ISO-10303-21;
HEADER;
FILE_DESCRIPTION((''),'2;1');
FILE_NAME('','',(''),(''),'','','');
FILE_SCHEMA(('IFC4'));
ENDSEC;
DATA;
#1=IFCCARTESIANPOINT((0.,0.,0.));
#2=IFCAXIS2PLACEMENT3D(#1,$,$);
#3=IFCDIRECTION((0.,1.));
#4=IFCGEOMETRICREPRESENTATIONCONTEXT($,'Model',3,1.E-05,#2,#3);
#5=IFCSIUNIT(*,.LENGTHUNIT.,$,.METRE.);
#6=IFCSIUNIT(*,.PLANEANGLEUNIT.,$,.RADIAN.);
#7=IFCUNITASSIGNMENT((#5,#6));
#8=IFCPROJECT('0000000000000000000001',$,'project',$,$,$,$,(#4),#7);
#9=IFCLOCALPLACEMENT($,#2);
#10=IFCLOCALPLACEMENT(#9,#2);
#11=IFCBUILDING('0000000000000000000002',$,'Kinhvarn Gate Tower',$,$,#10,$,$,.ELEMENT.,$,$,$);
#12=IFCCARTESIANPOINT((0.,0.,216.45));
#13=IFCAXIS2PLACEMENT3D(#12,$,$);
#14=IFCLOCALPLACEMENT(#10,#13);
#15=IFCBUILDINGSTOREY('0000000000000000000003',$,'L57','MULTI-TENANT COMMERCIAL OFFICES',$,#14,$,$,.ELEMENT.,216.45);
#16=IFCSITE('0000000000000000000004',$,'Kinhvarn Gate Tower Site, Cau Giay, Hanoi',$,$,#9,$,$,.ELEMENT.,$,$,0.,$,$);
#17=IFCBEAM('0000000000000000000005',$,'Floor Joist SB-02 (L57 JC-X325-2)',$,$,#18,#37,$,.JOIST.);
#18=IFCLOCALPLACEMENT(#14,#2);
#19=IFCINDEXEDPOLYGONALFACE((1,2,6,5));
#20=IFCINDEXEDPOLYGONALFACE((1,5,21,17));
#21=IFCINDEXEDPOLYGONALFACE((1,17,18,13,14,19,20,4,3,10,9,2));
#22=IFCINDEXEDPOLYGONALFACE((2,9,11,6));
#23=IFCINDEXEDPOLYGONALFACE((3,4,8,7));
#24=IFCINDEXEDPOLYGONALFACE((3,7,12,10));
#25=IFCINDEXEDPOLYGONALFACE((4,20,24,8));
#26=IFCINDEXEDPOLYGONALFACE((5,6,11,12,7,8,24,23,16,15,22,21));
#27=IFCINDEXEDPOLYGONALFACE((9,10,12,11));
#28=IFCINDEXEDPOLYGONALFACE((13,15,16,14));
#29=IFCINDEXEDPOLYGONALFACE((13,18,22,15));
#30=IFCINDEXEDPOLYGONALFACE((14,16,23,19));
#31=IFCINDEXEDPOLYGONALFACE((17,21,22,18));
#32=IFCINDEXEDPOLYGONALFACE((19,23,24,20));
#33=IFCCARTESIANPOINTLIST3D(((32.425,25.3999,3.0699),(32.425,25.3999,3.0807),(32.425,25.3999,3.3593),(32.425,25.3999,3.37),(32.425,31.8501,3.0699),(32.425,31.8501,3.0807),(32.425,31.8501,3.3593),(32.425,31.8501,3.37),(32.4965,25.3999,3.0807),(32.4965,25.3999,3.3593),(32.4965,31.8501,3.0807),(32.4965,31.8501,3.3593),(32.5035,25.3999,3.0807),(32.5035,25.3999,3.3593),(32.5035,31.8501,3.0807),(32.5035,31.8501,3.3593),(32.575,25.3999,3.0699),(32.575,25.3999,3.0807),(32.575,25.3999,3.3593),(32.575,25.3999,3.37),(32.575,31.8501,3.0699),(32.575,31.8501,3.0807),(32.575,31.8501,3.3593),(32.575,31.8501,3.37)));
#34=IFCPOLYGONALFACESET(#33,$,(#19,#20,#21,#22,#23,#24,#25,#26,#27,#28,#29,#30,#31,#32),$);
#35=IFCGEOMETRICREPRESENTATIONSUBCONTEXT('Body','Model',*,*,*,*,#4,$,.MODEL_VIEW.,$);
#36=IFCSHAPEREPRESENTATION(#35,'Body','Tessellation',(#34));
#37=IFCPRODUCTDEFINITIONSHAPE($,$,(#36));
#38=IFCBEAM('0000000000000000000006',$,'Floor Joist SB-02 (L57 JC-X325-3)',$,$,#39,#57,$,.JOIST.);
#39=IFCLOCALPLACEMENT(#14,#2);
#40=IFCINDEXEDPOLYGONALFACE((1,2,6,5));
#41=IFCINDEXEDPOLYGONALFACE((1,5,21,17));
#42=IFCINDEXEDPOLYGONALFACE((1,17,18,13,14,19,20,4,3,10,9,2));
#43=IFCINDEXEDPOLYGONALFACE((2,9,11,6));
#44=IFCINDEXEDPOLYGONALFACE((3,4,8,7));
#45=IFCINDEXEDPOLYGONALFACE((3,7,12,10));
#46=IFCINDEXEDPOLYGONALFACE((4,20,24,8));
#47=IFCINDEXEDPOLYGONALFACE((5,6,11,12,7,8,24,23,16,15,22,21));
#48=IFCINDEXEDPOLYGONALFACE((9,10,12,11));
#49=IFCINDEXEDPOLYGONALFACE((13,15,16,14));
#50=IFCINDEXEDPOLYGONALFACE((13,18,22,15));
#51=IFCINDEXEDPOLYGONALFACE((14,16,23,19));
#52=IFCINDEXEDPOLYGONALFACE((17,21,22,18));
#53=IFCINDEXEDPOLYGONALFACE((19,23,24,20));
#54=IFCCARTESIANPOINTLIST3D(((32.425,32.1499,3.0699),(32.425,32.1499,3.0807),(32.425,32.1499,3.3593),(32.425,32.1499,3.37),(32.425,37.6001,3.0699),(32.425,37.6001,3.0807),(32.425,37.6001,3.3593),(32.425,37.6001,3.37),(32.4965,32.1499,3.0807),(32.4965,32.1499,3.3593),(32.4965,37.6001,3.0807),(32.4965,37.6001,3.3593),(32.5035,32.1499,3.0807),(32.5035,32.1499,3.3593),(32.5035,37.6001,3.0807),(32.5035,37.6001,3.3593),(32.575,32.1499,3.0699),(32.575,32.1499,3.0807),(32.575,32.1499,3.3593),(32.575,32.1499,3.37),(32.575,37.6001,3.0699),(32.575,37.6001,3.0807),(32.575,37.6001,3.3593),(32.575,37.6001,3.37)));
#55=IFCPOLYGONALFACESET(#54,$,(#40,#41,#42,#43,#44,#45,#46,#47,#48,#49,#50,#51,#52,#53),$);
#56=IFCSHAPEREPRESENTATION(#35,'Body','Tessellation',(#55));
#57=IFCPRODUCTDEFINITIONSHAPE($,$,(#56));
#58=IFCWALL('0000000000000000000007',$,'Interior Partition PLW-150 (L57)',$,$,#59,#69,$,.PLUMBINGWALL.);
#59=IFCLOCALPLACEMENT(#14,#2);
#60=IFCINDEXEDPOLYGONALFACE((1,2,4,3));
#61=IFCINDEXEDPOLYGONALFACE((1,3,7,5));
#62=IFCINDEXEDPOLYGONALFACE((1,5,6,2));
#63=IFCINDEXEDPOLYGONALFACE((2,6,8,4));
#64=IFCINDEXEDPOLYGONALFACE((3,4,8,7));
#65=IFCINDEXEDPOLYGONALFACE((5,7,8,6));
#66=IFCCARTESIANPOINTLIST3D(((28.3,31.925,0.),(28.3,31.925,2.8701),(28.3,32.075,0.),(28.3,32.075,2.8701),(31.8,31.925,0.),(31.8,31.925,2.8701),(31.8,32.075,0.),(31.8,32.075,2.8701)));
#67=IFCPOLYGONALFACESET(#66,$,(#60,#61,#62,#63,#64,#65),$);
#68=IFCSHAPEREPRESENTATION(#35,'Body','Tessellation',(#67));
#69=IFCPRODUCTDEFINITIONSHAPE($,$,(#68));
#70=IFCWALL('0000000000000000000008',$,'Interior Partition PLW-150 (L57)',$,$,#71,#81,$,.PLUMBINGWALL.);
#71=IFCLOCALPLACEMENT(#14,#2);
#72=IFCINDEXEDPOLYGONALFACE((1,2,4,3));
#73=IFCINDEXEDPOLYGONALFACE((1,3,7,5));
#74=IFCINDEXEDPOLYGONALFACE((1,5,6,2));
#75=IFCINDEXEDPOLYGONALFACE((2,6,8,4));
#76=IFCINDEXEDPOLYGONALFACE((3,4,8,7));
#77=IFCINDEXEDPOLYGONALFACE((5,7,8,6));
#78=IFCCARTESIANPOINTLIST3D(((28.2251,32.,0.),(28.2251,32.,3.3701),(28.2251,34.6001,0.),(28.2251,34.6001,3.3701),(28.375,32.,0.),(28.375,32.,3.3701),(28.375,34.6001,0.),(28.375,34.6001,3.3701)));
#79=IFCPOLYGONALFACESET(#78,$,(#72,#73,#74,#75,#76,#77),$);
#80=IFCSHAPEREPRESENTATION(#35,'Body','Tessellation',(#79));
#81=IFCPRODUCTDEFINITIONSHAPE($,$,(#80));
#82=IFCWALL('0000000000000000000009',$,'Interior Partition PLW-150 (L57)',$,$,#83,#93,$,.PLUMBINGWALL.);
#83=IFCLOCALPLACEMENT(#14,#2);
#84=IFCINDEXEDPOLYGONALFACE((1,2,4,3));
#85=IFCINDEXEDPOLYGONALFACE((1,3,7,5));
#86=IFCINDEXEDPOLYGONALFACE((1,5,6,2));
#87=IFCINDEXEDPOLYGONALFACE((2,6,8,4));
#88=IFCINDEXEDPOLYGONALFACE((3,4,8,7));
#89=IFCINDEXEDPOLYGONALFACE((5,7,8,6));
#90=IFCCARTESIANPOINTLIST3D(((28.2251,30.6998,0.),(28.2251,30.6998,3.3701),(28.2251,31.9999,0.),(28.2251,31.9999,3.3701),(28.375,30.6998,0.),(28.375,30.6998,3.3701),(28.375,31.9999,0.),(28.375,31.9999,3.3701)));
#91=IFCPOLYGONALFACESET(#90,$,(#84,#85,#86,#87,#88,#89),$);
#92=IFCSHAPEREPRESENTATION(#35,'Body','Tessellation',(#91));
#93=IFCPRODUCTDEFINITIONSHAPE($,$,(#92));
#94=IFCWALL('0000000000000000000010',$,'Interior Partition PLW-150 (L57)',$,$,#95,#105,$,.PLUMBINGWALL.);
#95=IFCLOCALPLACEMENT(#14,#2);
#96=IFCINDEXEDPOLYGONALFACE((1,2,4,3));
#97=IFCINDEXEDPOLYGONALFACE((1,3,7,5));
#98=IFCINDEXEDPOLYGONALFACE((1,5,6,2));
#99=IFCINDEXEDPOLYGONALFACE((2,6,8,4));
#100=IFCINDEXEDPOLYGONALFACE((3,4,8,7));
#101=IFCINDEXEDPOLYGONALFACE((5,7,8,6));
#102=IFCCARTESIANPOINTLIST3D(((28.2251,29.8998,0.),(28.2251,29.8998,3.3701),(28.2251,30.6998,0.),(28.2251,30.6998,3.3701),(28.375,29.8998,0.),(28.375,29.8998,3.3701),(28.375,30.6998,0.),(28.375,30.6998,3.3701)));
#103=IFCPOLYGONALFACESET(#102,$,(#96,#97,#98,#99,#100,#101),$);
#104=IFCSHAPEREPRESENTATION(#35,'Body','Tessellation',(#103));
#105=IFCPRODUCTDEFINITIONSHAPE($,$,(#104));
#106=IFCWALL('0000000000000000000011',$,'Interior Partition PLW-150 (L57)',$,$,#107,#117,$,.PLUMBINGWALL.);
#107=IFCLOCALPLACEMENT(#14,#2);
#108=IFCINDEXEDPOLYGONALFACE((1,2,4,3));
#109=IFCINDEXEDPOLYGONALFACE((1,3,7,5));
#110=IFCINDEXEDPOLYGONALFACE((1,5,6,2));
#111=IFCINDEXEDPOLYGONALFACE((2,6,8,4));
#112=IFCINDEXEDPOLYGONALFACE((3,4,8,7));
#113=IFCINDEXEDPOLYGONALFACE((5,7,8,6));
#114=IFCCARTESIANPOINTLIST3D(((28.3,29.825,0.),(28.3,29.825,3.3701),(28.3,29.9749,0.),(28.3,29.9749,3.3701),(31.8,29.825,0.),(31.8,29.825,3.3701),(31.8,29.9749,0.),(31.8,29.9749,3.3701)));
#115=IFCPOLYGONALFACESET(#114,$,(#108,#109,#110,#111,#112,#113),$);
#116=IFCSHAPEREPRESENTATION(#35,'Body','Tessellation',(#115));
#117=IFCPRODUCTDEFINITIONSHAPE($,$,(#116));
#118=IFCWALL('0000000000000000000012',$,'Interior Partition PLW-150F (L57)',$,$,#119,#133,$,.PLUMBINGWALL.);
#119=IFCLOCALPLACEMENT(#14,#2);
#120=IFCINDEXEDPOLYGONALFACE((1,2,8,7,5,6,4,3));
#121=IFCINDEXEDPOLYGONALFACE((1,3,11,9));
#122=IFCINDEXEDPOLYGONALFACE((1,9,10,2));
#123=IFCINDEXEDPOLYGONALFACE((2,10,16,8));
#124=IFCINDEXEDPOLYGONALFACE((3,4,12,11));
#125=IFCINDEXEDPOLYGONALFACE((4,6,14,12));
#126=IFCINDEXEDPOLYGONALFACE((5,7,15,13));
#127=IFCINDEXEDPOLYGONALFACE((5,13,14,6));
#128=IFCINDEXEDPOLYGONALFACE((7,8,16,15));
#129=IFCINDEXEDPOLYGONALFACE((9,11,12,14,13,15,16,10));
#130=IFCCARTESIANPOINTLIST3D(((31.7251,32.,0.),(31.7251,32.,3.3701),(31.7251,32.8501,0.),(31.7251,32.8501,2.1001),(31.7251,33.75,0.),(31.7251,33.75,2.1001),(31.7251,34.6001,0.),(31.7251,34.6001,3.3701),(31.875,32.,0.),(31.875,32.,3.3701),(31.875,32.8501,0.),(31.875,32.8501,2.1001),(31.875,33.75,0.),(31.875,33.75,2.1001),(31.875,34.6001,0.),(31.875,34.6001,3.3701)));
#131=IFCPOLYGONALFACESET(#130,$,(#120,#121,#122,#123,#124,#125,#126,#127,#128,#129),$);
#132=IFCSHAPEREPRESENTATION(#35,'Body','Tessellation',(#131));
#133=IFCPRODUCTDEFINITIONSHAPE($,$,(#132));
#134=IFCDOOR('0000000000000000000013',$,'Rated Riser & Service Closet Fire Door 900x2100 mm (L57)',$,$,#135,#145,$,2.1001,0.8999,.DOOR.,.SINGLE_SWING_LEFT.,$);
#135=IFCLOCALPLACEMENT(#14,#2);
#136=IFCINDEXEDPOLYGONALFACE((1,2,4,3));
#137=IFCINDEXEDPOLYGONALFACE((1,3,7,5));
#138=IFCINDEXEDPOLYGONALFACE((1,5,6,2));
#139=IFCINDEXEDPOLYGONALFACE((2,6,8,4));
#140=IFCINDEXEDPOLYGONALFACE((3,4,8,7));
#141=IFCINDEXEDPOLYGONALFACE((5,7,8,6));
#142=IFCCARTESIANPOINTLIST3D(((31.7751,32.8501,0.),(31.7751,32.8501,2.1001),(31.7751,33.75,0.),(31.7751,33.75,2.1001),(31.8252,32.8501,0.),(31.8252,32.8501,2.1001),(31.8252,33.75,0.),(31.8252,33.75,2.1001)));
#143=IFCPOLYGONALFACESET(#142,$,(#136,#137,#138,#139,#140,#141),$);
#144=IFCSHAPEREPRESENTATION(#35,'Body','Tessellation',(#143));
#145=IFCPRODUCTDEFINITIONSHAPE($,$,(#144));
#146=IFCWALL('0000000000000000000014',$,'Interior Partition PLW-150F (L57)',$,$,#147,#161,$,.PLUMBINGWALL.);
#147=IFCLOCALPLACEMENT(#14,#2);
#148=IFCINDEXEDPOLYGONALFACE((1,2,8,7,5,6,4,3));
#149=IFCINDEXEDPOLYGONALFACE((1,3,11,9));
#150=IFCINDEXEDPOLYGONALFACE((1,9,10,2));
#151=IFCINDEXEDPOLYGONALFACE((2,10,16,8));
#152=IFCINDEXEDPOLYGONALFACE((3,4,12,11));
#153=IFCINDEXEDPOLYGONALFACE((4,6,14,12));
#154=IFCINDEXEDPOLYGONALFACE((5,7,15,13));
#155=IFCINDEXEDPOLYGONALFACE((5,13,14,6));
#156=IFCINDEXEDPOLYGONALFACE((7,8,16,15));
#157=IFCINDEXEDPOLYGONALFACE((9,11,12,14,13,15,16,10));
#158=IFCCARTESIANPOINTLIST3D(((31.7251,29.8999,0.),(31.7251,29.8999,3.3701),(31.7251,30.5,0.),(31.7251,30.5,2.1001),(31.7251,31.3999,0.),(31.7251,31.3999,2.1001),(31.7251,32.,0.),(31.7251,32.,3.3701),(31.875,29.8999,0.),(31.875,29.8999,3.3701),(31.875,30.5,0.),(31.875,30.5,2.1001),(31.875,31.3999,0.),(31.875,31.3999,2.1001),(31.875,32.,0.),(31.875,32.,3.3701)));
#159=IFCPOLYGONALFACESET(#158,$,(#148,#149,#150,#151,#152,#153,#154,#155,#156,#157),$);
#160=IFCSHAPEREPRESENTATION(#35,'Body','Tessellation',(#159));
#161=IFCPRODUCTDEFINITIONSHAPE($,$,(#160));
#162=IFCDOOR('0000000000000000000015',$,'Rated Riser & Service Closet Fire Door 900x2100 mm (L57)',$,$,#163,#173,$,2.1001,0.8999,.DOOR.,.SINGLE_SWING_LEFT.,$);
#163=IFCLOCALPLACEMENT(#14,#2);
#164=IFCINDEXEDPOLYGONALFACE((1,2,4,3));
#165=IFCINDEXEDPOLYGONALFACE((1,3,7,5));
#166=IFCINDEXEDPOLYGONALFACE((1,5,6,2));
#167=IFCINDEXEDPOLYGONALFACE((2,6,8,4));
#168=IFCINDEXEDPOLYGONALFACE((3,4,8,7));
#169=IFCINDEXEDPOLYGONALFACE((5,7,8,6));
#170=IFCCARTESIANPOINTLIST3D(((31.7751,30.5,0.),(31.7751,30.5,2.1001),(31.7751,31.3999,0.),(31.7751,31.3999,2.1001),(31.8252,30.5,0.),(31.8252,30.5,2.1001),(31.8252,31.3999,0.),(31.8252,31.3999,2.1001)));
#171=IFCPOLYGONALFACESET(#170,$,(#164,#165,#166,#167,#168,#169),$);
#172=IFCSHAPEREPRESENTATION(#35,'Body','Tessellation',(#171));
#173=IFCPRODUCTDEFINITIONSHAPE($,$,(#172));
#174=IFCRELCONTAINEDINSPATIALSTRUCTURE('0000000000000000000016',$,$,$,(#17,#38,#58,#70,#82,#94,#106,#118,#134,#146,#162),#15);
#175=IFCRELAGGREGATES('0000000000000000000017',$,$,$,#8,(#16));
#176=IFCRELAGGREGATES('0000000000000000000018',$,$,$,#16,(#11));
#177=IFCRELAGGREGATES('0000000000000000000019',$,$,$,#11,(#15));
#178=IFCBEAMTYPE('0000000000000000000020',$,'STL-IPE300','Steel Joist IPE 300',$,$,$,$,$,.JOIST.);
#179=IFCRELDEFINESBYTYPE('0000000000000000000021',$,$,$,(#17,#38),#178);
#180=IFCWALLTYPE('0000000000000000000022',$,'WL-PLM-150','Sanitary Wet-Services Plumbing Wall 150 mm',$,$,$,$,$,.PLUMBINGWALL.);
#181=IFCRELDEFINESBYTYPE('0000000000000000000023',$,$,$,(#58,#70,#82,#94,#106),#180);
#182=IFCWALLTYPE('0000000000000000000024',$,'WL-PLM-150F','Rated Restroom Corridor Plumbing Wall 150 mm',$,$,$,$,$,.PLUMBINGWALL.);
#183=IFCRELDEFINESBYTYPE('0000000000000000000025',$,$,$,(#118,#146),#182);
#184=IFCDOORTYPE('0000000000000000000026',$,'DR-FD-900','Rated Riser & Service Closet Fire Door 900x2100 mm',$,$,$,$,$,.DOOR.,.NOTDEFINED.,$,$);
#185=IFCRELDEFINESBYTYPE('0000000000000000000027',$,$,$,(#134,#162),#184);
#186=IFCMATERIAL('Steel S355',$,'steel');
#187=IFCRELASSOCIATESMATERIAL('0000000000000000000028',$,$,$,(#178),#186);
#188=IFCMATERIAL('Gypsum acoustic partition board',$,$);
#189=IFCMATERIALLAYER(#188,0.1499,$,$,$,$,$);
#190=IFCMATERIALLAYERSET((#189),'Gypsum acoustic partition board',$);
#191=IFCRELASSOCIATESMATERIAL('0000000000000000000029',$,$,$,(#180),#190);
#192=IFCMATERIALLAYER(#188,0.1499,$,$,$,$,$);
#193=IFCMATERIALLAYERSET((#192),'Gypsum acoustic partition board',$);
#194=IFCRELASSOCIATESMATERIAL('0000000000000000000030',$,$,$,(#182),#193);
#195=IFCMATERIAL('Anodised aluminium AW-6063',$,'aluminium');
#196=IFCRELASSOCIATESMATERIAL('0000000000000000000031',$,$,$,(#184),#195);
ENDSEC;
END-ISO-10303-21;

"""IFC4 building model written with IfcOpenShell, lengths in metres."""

from ifc_helpers import new_model, si_unit, direction, frame, frame_2d, origin, origin_2d, place, context, subcontext, project, spatial, rectangle, i_section, extrude, material, layer, layer_set, material_profile, profile_set, type_object, element, fill, save


model = new_model("IFC4")

# Units and contexts
model_context = context("Model", 3, precision=1e-05, world=origin(), true_north=direction((0.0, 1.0)))
body_context = subcontext(model_context, "Body", "Model", "MODEL_VIEW")
ifc_project = project(units=[si_unit("LENGTHUNIT", "METRE"), si_unit("PLANEANGLEUNIT", "RADIAN")], contexts=[model_context])

# Site, building, storey
site_placement = place(None, origin())
site = spatial("IfcSite", under=ifc_project, at=site_placement, Name="Kinhvarn Gate Tower Site, Cau Giay, Hanoi", CompositionType="ELEMENT", RefElevation=0.0)
building_placement = place(site_placement, origin())
building = spatial("IfcBuilding", under=site, at=building_placement, Name="Kinhvarn Gate Tower", CompositionType="ELEMENT")
storey_placement = place(building_placement, frame((0.0, 0.0, 216.45)))
storey = spatial("IfcBuildingStorey", under=building, at=storey_placement, Name="L57", Description="MULTI-TENANT COMMERCIAL OFFICES", CompositionType="ELEMENT", Elevation=216.45)

# Beams
ifc_material_1 = material(Name="Steel S355", Category="steel")
ifc_material_profile = material_profile(ifc_material_1, i_section(OverallWidth=0.1499, OverallDepth=0.3, WebThickness=0.0071, FlangeThickness=0.0107, at=origin_2d()), Name="IPE 300")
ifc_profile_set = profile_set([ifc_material_profile], Name="Steel S355")
beam_type = type_object("IfcBeamType", Name="STL-IPE300", Description="Steel Joist IPE 300", PredefinedType="JOIST", material=ifc_profile_set)
beam_1_placement = place(storey_placement, frame((32.5, 25.3999, 3.22), z_axis=(0.0, 1.0, 0.0), x_axis=(-1.0, 0.0, 0.0)))
element("IfcBeam", 1, at=beam_1_placement, inside=storey, type_object=beam_type, Name="Floor Joist SB-02 (L57 JC-X325-2)", PredefinedType="JOIST", context=body_context, shape_type="SweptSolid", body=[
    extrude(i_section(OverallWidth=0.1499, OverallDepth=0.3, WebThickness=0.0071, FlangeThickness=0.0107, at=origin_2d()), origin(), (0.0, 0.0, 1.0), 6.4502),
])
beam_2_placement = place(storey_placement, frame((32.5, 32.1499, 3.22), z_axis=(0.0, 1.0, 0.0), x_axis=(-1.0, 0.0, 0.0)))
element("IfcBeam", 2, at=beam_2_placement, inside=storey, type_object=beam_type, Name="Floor Joist SB-02 (L57 JC-X325-3)", PredefinedType="JOIST", context=body_context, shape_type="SweptSolid", body=[
    extrude(i_section(OverallWidth=0.1499, OverallDepth=0.3, WebThickness=0.0071, FlangeThickness=0.0107, at=origin_2d()), origin(), (0.0, 0.0, 1.0), 5.4502),
])

# Walls
ifc_material_2 = material(Name="Gypsum acoustic partition board")
ifc_layer_1 = layer(ifc_material_2, 0.1499)
ifc_layer_set_1 = layer_set([ifc_layer_1], Name="Gypsum acoustic partition board")
wall_type_1 = type_object("IfcWallType", Name="WL-PLM-150", Description="Sanitary Wet-Services Plumbing Wall 150 mm", PredefinedType="PLUMBINGWALL", material=ifc_layer_set_1)
wall_1_placement = place(storey_placement, frame((28.3, 32.0, 0.0), z_axis=(0.0, 0.0, 1.0), x_axis=(1.0, 0.0, 0.0)))
element("IfcWall", 3, at=wall_1_placement, inside=storey, type_object=wall_type_1, Name="Interior Partition PLW-150 (L57)", PredefinedType="PLUMBINGWALL", context=body_context, shape_type="SweptSolid", body=[
    extrude(rectangle(XDim=3.5, YDim=0.1499, at=frame_2d((1.75, 0.0))), origin(), (0.0, 0.0, 1.0), 2.8701),
])
wall_2_placement = place(storey_placement, frame((28.3, 32.0, 0.0), z_axis=(0.0, 0.0, 1.0), x_axis=(0.0, 1.0, 0.0)))
element("IfcWall", 4, at=wall_2_placement, inside=storey, type_object=wall_type_1, Name="Interior Partition PLW-150 (L57)", PredefinedType="PLUMBINGWALL", context=body_context, shape_type="SweptSolid", body=[
    extrude(rectangle(XDim=2.6001, YDim=0.1499, at=frame_2d((1.3, 0.0))), origin(), (0.0, 0.0, 1.0), 3.3701),
])
wall_3_placement = place(storey_placement, frame((28.3, 30.7, 0.0), z_axis=(0.0, 0.0, 1.0), x_axis=(0.0, 1.0, 0.0)))
element("IfcWall", 5, at=wall_3_placement, inside=storey, type_object=wall_type_1, Name="Interior Partition PLW-150 (L57)", PredefinedType="PLUMBINGWALL", context=body_context, shape_type="SweptSolid", body=[
    extrude(rectangle(XDim=1.3, YDim=0.1499, at=frame_2d((0.6499, 0.0))), origin(), (0.0, 0.0, 1.0), 3.3701),
])
wall_4_placement = place(storey_placement, frame((28.3, 29.8999, 0.0), z_axis=(0.0, 0.0, 1.0), x_axis=(0.0, 1.0, 0.0)))
element("IfcWall", 6, at=wall_4_placement, inside=storey, type_object=wall_type_1, Name="Interior Partition PLW-150 (L57)", PredefinedType="PLUMBINGWALL", context=body_context, shape_type="SweptSolid", body=[
    extrude(rectangle(XDim=0.8, YDim=0.1499, at=frame_2d((0.3999, 0.0))), origin(), (0.0, 0.0, 1.0), 3.3701),
])
wall_5_placement = place(storey_placement, frame((28.3, 29.8999, 0.0), z_axis=(0.0, 0.0, 1.0), x_axis=(1.0, 0.0, 0.0)))
element("IfcWall", 7, at=wall_5_placement, inside=storey, type_object=wall_type_1, Name="Interior Partition PLW-150 (L57)", PredefinedType="PLUMBINGWALL", context=body_context, shape_type="SweptSolid", body=[
    extrude(rectangle(XDim=3.5, YDim=0.1499, at=frame_2d((1.75, 0.0))), origin(), (0.0, 0.0, 1.0), 3.3701),
])

# Walls, openings, doors
ifc_layer_2 = layer(ifc_material_2, 0.1499)
ifc_layer_set_2 = layer_set([ifc_layer_2], Name="Gypsum acoustic partition board")
wall_type_2 = type_object("IfcWallType", Name="WL-PLM-150F", Description="Rated Restroom Corridor Plumbing Wall 150 mm", PredefinedType="PLUMBINGWALL", material=ifc_layer_set_2)
wall_6_placement = place(storey_placement, frame((31.8, 32.0, 0.0), z_axis=(0.0, 0.0, 1.0), x_axis=(0.0, 1.0, 0.0)))
wall_6 = element("IfcWall", 8, at=wall_6_placement, inside=storey, type_object=wall_type_2, Name="Interior Partition PLW-150F (L57)", PredefinedType="PLUMBINGWALL", context=body_context, shape_type="SweptSolid", body=[
    extrude(rectangle(XDim=2.6001, YDim=0.1499, at=frame_2d((1.3, 0.0))), origin(), (0.0, 0.0, 1.0), 3.3701),
])
opening_1_placement = place(wall_6_placement, frame((0.8501, 0.0, 0.0)))
opening_1 = element("IfcOpeningElement", 9, at=opening_1_placement, cuts=wall_6, PredefinedType="OPENING", context=body_context, shape_type="SweptSolid", body=[
    extrude(rectangle(XDim=0.8999, YDim=2.1001, at=frame_2d((0.45, 1.05))), frame((0.0, 0.085, 0.0), z_axis=(0.0, -1.0, 0.0), x_axis=(1.0, 0.0, 0.0)), (0.0, 0.0, 1.0), 0.1699),
])
ifc_material_3 = material(Name="Anodised aluminium AW-6063", Category="aluminium")
door_type_1 = type_object("IfcDoorType", Name="DR-FD-900", Description="Rated Riser & Service Closet Fire Door 900x2100 mm", OperationType="NOTDEFINED", PredefinedType="DOOR", material=ifc_material_3)
door_1_placement = place(opening_1_placement, origin())
door_1 = element("IfcDoor", 10, at=door_1_placement, inside=storey, type_object=door_type_1, Name="Rated Riser & Service Closet Fire Door 900x2100 mm (L57)", OperationType="SINGLE_SWING_LEFT", OverallHeight=2.1001, OverallWidth=0.8999, PredefinedType="DOOR", context=body_context, shape_type="SweptSolid", body=[
    extrude(rectangle(XDim=0.8999, YDim=2.1001, at=frame_2d((0.45, 1.05))), frame((0.0, 0.0249, 0.0), z_axis=(0.0, -1.0, 0.0), x_axis=(1.0, 0.0, 0.0)), (0.0, 0.0, 1.0), 0.05),
])
fill(opening_1, door_1)
wall_7_placement = place(storey_placement, frame((31.8, 29.8999, 0.0), z_axis=(0.0, 0.0, 1.0), x_axis=(0.0, 1.0, 0.0)))
wall_7 = element("IfcWall", 11, at=wall_7_placement, inside=storey, type_object=wall_type_2, Name="Interior Partition PLW-150F (L57)", PredefinedType="PLUMBINGWALL", context=body_context, shape_type="SweptSolid", body=[
    extrude(rectangle(XDim=2.1001, YDim=0.1499, at=frame_2d((1.05, 0.0))), origin(), (0.0, 0.0, 1.0), 3.3701),
])
opening_2_placement = place(wall_7_placement, frame((0.6001, 0.0, 0.0)))
opening_2 = element("IfcOpeningElement", 12, at=opening_2_placement, cuts=wall_7, PredefinedType="OPENING", context=body_context, shape_type="SweptSolid", body=[
    extrude(rectangle(XDim=0.8999, YDim=2.1001, at=frame_2d((0.45, 1.05))), frame((0.0, 0.085, 0.0), z_axis=(0.0, -1.0, 0.0), x_axis=(1.0, 0.0, 0.0)), (0.0, 0.0, 1.0), 0.1699),
])
door_2_placement = place(opening_2_placement, origin())
door_2 = element("IfcDoor", 13, at=door_2_placement, inside=storey, type_object=door_type_1, Name="Rated Riser & Service Closet Fire Door 900x2100 mm (L57)", OperationType="SINGLE_SWING_LEFT", OverallHeight=2.1001, OverallWidth=0.8999, PredefinedType="DOOR", context=body_context, shape_type="SweptSolid", body=[
    extrude(rectangle(XDim=0.8999, YDim=2.1001, at=frame_2d((0.45, 1.05))), frame((0.0, 0.0249, 0.0), z_axis=(0.0, -1.0, 0.0), x_axis=(1.0, 0.0, 0.0)), (0.0, 0.0, 1.0), 0.05),
])
fill(opening_2, door_2)

save(model, "model.ifc")
